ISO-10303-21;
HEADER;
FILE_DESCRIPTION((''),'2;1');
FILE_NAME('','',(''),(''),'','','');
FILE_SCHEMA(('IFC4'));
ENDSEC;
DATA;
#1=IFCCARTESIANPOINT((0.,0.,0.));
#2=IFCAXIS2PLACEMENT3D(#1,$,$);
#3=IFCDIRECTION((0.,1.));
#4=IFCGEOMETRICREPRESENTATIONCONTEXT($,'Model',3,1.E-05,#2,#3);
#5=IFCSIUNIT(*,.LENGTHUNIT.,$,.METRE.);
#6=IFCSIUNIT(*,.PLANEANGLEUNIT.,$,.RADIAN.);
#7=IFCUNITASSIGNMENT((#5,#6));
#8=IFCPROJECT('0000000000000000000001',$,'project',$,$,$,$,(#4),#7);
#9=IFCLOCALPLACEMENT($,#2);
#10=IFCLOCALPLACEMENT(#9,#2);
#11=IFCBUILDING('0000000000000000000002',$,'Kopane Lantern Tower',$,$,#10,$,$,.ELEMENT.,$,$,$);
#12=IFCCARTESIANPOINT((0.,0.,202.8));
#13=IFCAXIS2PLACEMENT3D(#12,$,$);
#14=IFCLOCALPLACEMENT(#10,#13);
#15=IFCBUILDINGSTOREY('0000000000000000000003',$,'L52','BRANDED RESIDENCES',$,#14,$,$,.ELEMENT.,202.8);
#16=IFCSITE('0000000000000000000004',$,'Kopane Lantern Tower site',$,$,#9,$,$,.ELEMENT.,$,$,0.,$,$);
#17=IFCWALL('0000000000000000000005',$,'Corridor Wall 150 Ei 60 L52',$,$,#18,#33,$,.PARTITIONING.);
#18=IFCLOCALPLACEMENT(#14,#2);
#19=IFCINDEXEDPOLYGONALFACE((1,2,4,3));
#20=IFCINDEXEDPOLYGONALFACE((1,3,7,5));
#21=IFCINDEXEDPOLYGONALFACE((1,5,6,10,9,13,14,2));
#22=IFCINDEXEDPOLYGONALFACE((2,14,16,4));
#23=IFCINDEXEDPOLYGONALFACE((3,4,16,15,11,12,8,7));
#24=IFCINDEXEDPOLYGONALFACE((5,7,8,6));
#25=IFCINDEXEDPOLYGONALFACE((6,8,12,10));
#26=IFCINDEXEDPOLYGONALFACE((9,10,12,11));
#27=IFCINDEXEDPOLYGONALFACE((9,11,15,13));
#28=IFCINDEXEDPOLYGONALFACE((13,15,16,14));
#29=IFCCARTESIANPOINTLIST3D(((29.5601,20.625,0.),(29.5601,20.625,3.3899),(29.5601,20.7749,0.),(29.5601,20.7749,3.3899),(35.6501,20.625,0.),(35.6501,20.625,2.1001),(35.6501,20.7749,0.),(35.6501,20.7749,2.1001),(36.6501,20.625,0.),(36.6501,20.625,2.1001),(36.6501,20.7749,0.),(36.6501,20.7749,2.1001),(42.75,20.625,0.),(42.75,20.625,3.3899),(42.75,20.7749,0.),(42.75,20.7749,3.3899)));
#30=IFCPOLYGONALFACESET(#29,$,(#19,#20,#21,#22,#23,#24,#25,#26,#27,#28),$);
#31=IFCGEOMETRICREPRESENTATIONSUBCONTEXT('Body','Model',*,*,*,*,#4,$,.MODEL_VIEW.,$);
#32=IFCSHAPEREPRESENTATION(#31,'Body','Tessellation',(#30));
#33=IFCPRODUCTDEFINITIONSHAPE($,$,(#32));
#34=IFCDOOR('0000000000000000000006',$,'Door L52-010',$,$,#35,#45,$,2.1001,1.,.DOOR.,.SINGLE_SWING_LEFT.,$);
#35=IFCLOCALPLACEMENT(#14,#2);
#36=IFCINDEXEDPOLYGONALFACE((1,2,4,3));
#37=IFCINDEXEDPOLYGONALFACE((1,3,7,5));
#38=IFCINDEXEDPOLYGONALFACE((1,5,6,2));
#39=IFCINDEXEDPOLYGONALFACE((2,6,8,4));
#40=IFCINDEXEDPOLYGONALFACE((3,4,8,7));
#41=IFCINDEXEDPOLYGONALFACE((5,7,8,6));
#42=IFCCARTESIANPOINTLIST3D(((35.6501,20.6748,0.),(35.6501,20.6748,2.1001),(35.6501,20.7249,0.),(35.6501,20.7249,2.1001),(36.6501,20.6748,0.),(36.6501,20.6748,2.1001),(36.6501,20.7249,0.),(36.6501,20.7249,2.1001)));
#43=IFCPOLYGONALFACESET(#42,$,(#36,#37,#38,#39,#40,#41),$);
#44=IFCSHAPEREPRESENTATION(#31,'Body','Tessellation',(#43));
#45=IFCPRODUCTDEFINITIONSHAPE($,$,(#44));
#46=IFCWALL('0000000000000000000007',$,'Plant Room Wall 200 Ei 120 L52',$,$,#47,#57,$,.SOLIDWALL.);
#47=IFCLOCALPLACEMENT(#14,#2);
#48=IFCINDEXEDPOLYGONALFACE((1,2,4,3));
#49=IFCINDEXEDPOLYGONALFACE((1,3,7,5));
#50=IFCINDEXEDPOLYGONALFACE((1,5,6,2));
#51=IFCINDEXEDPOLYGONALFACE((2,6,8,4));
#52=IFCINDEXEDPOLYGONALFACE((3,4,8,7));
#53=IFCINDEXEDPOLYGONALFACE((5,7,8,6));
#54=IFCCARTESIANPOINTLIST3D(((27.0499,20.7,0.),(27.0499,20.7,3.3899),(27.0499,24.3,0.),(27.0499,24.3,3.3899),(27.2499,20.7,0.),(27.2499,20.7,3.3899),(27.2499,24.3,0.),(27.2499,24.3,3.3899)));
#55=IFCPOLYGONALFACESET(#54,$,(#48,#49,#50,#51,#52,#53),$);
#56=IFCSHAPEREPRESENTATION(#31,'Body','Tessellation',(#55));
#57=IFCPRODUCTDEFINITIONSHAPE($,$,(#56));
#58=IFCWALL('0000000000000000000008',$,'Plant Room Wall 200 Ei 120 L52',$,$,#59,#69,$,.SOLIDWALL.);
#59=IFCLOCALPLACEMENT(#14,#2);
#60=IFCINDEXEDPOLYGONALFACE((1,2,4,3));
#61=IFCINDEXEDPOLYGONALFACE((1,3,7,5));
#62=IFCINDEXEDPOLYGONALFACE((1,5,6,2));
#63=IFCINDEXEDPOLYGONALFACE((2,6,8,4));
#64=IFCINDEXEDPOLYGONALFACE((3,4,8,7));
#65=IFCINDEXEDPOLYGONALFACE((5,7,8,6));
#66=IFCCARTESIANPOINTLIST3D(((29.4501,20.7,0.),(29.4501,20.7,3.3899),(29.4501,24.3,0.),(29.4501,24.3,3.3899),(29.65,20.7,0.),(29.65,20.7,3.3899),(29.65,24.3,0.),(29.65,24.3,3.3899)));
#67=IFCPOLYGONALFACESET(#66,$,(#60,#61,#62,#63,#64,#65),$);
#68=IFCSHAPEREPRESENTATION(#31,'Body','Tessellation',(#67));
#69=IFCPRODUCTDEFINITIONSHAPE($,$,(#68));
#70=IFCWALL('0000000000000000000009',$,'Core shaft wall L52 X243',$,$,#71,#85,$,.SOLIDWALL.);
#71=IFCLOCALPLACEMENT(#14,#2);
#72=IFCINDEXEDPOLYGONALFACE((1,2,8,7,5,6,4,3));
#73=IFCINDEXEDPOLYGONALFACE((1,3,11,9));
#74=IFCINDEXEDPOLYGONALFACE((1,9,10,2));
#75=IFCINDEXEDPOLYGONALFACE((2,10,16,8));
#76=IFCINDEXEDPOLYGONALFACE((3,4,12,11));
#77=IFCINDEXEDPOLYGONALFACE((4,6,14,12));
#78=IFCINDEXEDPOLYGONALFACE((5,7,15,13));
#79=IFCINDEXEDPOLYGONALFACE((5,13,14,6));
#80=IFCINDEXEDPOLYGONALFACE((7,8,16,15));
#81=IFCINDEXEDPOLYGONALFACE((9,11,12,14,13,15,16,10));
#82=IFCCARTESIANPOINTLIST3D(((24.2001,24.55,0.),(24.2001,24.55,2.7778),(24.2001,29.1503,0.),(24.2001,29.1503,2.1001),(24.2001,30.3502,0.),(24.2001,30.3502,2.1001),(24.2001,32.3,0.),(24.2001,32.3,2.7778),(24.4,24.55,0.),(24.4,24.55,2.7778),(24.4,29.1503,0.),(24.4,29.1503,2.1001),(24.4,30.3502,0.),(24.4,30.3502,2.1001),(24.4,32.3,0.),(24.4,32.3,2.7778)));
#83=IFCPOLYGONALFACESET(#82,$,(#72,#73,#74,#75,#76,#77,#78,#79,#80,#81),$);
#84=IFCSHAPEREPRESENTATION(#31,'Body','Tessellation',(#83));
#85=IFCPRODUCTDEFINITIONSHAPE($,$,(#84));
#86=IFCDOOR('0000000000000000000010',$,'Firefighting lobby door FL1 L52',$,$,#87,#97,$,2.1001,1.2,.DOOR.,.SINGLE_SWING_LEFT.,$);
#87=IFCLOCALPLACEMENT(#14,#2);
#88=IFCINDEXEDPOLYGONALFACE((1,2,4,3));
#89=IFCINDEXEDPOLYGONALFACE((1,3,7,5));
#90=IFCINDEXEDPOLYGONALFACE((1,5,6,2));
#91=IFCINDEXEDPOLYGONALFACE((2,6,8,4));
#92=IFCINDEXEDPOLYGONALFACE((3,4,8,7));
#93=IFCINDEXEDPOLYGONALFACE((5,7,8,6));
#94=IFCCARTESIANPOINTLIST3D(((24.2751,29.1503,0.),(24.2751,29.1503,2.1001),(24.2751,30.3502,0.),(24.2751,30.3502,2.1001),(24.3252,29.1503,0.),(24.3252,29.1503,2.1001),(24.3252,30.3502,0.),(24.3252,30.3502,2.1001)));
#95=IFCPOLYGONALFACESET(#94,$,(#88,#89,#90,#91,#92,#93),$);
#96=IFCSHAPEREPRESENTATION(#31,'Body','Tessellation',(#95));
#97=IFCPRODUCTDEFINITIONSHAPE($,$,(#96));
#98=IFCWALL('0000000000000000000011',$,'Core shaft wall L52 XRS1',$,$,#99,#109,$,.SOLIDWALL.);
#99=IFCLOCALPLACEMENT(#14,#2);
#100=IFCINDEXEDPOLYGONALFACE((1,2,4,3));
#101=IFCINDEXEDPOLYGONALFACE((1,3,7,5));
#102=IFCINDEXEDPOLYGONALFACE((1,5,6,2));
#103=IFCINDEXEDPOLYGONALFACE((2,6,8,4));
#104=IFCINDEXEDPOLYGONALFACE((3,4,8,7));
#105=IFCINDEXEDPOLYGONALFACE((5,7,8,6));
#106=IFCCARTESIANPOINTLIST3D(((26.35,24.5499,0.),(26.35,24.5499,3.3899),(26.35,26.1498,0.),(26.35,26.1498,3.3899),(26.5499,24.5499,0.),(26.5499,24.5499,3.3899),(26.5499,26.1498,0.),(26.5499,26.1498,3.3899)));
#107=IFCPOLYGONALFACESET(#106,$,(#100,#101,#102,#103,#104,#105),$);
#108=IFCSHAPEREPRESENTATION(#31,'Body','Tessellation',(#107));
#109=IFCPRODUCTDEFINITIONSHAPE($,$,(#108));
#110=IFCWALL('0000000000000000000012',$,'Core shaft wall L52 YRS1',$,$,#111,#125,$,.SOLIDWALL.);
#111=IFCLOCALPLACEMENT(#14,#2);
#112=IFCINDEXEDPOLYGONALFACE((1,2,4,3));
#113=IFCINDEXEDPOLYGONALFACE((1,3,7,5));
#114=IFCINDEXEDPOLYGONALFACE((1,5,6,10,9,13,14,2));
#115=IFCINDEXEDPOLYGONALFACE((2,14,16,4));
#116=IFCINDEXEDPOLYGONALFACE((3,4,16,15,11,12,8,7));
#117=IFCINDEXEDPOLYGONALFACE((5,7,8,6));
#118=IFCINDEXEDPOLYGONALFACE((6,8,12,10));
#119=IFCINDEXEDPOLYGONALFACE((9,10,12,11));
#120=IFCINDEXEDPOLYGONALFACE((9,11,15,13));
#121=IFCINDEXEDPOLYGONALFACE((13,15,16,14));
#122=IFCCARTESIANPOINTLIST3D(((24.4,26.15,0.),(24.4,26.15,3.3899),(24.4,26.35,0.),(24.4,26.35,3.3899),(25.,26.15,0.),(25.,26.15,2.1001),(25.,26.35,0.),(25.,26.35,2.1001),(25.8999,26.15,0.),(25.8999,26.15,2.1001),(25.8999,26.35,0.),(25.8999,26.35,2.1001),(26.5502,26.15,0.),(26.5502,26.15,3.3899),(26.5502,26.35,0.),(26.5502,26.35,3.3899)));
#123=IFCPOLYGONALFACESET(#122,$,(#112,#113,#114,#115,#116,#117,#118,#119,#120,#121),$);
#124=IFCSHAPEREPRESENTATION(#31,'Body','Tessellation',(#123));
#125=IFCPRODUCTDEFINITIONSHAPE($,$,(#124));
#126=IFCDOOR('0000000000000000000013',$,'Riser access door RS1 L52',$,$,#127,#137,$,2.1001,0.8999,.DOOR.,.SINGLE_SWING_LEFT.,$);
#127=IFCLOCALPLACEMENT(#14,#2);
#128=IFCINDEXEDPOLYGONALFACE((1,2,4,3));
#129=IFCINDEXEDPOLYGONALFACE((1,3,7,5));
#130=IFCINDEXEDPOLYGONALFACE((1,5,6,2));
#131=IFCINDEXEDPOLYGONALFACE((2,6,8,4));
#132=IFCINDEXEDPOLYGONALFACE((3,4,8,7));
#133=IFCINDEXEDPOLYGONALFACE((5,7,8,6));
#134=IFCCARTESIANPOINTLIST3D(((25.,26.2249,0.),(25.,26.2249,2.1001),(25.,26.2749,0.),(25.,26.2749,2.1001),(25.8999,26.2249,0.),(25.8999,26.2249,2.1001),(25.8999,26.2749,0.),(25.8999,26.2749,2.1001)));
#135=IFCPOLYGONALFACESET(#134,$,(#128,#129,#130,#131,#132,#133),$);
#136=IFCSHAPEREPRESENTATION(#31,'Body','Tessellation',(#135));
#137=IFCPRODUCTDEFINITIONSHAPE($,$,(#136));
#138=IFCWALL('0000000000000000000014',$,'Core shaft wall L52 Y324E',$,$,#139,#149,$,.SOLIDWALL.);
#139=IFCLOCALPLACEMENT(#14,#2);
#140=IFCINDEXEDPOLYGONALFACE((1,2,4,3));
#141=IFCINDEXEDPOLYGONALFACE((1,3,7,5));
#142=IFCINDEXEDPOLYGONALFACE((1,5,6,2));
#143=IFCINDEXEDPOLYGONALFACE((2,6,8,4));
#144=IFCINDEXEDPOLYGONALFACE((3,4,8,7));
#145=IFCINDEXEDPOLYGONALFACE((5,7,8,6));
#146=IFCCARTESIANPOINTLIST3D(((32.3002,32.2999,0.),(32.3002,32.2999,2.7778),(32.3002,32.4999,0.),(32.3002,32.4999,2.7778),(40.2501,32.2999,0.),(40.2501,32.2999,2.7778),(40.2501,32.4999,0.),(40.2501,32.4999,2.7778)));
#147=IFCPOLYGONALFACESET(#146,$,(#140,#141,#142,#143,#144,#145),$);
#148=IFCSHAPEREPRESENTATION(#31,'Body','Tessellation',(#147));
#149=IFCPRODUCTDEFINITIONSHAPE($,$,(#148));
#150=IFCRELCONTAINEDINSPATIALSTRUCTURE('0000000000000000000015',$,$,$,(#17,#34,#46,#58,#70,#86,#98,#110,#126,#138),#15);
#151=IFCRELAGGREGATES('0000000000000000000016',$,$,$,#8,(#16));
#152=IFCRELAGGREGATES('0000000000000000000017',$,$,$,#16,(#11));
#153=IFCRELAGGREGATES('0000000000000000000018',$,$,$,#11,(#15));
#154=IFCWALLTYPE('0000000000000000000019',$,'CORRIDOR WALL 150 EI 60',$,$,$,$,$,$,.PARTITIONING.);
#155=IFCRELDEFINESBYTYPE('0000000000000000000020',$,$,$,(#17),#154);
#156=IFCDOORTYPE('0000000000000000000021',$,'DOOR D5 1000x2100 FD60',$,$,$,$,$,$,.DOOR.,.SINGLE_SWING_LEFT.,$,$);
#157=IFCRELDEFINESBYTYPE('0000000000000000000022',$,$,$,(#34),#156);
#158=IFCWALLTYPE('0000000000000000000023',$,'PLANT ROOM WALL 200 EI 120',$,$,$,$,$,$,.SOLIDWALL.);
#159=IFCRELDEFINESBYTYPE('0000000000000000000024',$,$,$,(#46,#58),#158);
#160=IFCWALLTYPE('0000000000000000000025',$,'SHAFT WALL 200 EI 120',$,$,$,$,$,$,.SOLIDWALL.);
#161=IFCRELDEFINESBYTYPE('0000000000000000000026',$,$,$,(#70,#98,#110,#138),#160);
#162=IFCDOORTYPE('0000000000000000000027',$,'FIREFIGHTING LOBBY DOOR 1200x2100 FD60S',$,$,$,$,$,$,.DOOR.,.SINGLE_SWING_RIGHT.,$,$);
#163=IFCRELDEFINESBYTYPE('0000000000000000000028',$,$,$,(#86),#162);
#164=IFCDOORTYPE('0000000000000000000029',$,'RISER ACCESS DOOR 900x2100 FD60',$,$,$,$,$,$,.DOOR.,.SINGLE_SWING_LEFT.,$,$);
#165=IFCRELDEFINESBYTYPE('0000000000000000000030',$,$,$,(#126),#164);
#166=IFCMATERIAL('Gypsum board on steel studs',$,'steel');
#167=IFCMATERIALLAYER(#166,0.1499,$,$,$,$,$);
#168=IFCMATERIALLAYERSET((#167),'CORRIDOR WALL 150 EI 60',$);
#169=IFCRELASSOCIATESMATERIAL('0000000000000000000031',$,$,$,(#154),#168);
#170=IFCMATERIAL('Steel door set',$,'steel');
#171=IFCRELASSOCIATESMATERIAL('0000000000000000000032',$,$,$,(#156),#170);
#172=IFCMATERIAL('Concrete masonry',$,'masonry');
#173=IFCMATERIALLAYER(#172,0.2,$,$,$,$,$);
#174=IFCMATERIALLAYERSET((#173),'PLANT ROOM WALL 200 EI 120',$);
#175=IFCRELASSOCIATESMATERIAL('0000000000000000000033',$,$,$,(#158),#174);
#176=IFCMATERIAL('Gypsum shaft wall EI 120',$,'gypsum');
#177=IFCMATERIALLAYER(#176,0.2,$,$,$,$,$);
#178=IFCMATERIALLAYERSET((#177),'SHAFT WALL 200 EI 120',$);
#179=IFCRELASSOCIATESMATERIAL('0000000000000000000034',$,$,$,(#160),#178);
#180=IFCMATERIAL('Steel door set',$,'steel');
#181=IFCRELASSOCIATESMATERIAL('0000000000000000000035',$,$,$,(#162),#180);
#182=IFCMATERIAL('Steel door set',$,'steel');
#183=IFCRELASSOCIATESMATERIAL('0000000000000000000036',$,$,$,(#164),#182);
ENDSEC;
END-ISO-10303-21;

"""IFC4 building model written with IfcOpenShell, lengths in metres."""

from ifc_helpers import new_model, si_unit, direction, frame, frame_2d, origin, place, context, subcontext, project, spatial, rectangle, extrude, material, layer, layer_set, type_object, element, fill, save


model = new_model("IFC4")

# Units and contexts
model_context = context("Model", 3, precision=1e-05, world=origin(), true_north=direction((0.0, 1.0)))
body_context = subcontext(model_context, "Body", "Model", "MODEL_VIEW")
ifc_project = project(units=[si_unit("LENGTHUNIT", "METRE"), si_unit("PLANEANGLEUNIT", "RADIAN")], contexts=[model_context])

# Site, building, storey
site_placement = place(None, origin())
site = spatial("IfcSite", under=ifc_project, at=site_placement, Name="Kopane Lantern Tower site", CompositionType="ELEMENT", RefElevation=0.0)
building_placement = place(site_placement, origin())
building = spatial("IfcBuilding", under=site, at=building_placement, Name="Kopane Lantern Tower", CompositionType="ELEMENT")
storey_placement = place(building_placement, frame((0.0, 0.0, 202.8)))
storey = spatial("IfcBuildingStorey", under=building, at=storey_placement, Name="L52", Description="BRANDED RESIDENCES", CompositionType="ELEMENT", Elevation=202.8)

# Wall, opening, door
ifc_material_1 = material(Name="Gypsum board on steel studs", Category="steel")
ifc_layer_1 = layer(ifc_material_1, 0.1499)
ifc_layer_set_1 = layer_set([ifc_layer_1], Name="CORRIDOR WALL 150 EI 60")
wall_type_1 = type_object("IfcWallType", Name="CORRIDOR WALL 150 EI 60", PredefinedType="PARTITIONING", material=ifc_layer_set_1)
wall_1_placement = place(storey_placement, frame((29.5601, 20.7, 0.0), z_axis=(0.0, 0.0, 1.0), x_axis=(1.0, 0.0, 0.0)))
wall_1 = element("IfcWall", 1, at=wall_1_placement, inside=storey, type_object=wall_type_1, Name="Corridor Wall 150 Ei 60 L52", PredefinedType="PARTITIONING", context=body_context, shape_type="SweptSolid", body=[
    extrude(rectangle(XDim=13.1899, YDim=0.1499, at=frame_2d((6.595, 0.0))), origin(), (0.0, 0.0, 1.0), 3.3899),
])
opening_1_placement = place(wall_1_placement, frame((6.0901, 0.0, 0.0)))
opening_1 = element("IfcOpeningElement", 2, at=opening_1_placement, cuts=wall_1, PredefinedType="OPENING", context=body_context, shape_type="SweptSolid", body=[
    extrude(rectangle(XDim=1.0, YDim=2.1001, at=frame_2d((0.5, 1.05))), frame((0.0, 0.085, 0.0), z_axis=(0.0, -1.0, 0.0), x_axis=(1.0, 0.0, 0.0)), (0.0, 0.0, 1.0), 0.1699),
])
ifc_material_2 = material(Name="Steel door set", Category="steel")
door_type_1 = type_object("IfcDoorType", Name="DOOR D5 1000x2100 FD60", OperationType="SINGLE_SWING_LEFT", PredefinedType="DOOR", material=ifc_material_2)
door_1_placement = place(opening_1_placement, origin())
door_1 = element("IfcDoor", 3, at=door_1_placement, inside=storey, type_object=door_type_1, Name="Door L52-010", OperationType="SINGLE_SWING_LEFT", OverallHeight=2.1001, OverallWidth=1.0, PredefinedType="DOOR", context=body_context, shape_type="SweptSolid", body=[
    extrude(rectangle(XDim=1.0, YDim=2.1001, at=frame_2d((0.5, 1.05))), frame((0.0, 0.0249, 0.0), z_axis=(0.0, -1.0, 0.0), x_axis=(1.0, 0.0, 0.0)), (0.0, 0.0, 1.0), 0.05),
])
fill(opening_1, door_1)

# Walls
ifc_material_3 = material(Name="Concrete masonry", Category="masonry")
ifc_layer_2 = layer(ifc_material_3, 0.2)
ifc_layer_set_2 = layer_set([ifc_layer_2], Name="PLANT ROOM WALL 200 EI 120")
wall_type_2 = type_object("IfcWallType", Name="PLANT ROOM WALL 200 EI 120", PredefinedType="SOLIDWALL", material=ifc_layer_set_2)
for number, where, z_axis, x_axis, name in (
    (4, (27.1499, 20.7, 0.0), (0.0, 0.0, 1.0), (0.0, 1.0, 0.0), "Plant Room Wall 200 Ei 120 L52"),
    (5, (29.55, 20.7, 0.0), (0.0, 0.0, 1.0), (0.0, 1.0, 0.0), "Plant Room Wall 200 Ei 120 L52"),
):
    element("IfcWall", number, at=place(storey_placement, frame(where, z_axis=z_axis, x_axis=x_axis)), inside=storey, type_object=wall_type_2, Name=name, PredefinedType="SOLIDWALL", context=body_context, shape_type="SweptSolid", body=[
        extrude(rectangle(XDim=3.6001, YDim=0.2, at=frame_2d((1.8, 0.0))), origin(), (0.0, 0.0, 1.0), 3.3899),
    ])

# Wall, opening, door
ifc_material_4 = material(Name="Gypsum shaft wall EI 120", Category="gypsum")
ifc_layer_3 = layer(ifc_material_4, 0.2)
ifc_layer_set_3 = layer_set([ifc_layer_3], Name="SHAFT WALL 200 EI 120")
wall_type_3 = type_object("IfcWallType", Name="SHAFT WALL 200 EI 120", PredefinedType="SOLIDWALL", material=ifc_layer_set_3)
wall_2_placement = place(storey_placement, frame((24.3, 24.55, 0.0), z_axis=(0.0, 0.0, 1.0), x_axis=(0.0, 1.0, 0.0)))
wall_2 = element("IfcWall", 6, at=wall_2_placement, inside=storey, type_object=wall_type_3, Name="Core shaft wall L52 X243", PredefinedType="SOLIDWALL", context=body_context, shape_type="SweptSolid", body=[
    extrude(rectangle(XDim=7.75, YDim=0.2, at=frame_2d((3.875, 0.0))), origin(), (0.0, 0.0, 1.0), 2.7778),
])
opening_2_placement = place(wall_2_placement, frame((4.6001, 0.0, 0.0)))
opening_2 = element("IfcOpeningElement", 7, at=opening_2_placement, cuts=wall_2, PredefinedType="OPENING", context=body_context, shape_type="SweptSolid", body=[
    extrude(rectangle(XDim=1.2, YDim=2.1001, at=frame_2d((0.6001, 1.05))), frame((0.0, 0.1099, 0.0), z_axis=(0.0, -1.0, 0.0), x_axis=(1.0, 0.0, 0.0)), (0.0, 0.0, 1.0), 0.22),
])
ifc_material_5 = material(Name="Steel door set", Category="steel")
door_type_2 = type_object("IfcDoorType", Name="FIREFIGHTING LOBBY DOOR 1200x2100 FD60S", OperationType="SINGLE_SWING_RIGHT", PredefinedType="DOOR", material=ifc_material_5)
door_2_placement = place(opening_2_placement, origin())
door_2 = element("IfcDoor", 8, at=door_2_placement, inside=storey, type_object=door_type_2, Name="Firefighting lobby door FL1 L52", OperationType="SINGLE_SWING_LEFT", OverallHeight=2.1001, OverallWidth=1.2, PredefinedType="DOOR", context=body_context, shape_type="SweptSolid", body=[
    extrude(rectangle(XDim=1.2, YDim=2.1001, at=frame_2d((0.6001, 1.05))), frame((0.0, 0.0249, 0.0), z_axis=(0.0, -1.0, 0.0), x_axis=(1.0, 0.0, 0.0)), (0.0, 0.0, 1.0), 0.05),
])
fill(opening_2, door_2)

# Wall
wall_3_placement = place(storey_placement, frame((26.45, 24.55, 0.0), z_axis=(0.0, 0.0, 1.0), x_axis=(0.0, 1.0, 0.0)))
element("IfcWall", 9, at=wall_3_placement, inside=storey, type_object=wall_type_3, Name="Core shaft wall L52 XRS1", PredefinedType="SOLIDWALL", context=body_context, shape_type="SweptSolid", body=[
    extrude(rectangle(XDim=1.5999, YDim=0.2, at=frame_2d((0.7998, 0.0))), origin(), (0.0, 0.0, 1.0), 3.3899),
])

# Wall, opening, door
wall_4_placement = place(storey_placement, frame((24.3999, 26.25, 0.0), z_axis=(0.0, 0.0, 1.0), x_axis=(1.0, 0.0, 0.0)))
wall_4 = element("IfcWall", 10, at=wall_4_placement, inside=storey, type_object=wall_type_3, Name="Core shaft wall L52 YRS1", PredefinedType="SOLIDWALL", context=body_context, shape_type="SweptSolid", body=[
    extrude(rectangle(XDim=2.1501, YDim=0.2, at=frame_2d((1.0752, 0.0))), origin(), (0.0, 0.0, 1.0), 3.3899),
])
opening_3_placement = place(wall_4_placement, frame((0.6001, 0.0, 0.0)))
opening_3 = element("IfcOpeningElement", 11, at=opening_3_placement, cuts=wall_4, PredefinedType="OPENING", context=body_context, shape_type="SweptSolid", body=[
    extrude(rectangle(XDim=0.8999, YDim=2.1001, at=frame_2d((0.45, 1.05))), frame((0.0, 0.1099, 0.0), z_axis=(0.0, -1.0, 0.0), x_axis=(1.0, 0.0, 0.0)), (0.0, 0.0, 1.0), 0.22),
])
ifc_material_6 = material(Name="Steel door set", Category="steel")
door_type_3 = type_object("IfcDoorType", Name="RISER ACCESS DOOR 900x2100 FD60", OperationType="SINGLE_SWING_LEFT", PredefinedType="DOOR", material=ifc_material_6)
door_3_placement = place(opening_3_placement, origin())
door_3 = element("IfcDoor", 12, at=door_3_placement, inside=storey, type_object=door_type_3, Name="Riser access door RS1 L52", OperationType="SINGLE_SWING_LEFT", OverallHeight=2.1001, OverallWidth=0.8999, PredefinedType="DOOR", context=body_context, shape_type="SweptSolid", body=[
    extrude(rectangle(XDim=0.8999, YDim=2.1001, at=frame_2d((0.45, 1.05))), frame((0.0, 0.0249, 0.0), z_axis=(0.0, -1.0, 0.0), x_axis=(1.0, 0.0, 0.0)), (0.0, 0.0, 1.0), 0.05),
])
fill(opening_3, door_3)

# Wall
wall_5_placement = place(storey_placement, frame((32.3, 32.3999, 0.0), z_axis=(0.0, 0.0, 1.0), x_axis=(1.0, 0.0, 0.0)))
element("IfcWall", 13, at=wall_5_placement, inside=storey, type_object=wall_type_3, Name="Core shaft wall L52 Y324E", PredefinedType="SOLIDWALL", context=body_context, shape_type="SweptSolid", body=[
    extrude(rectangle(XDim=7.95, YDim=0.2, at=frame_2d((3.9751, 0.0))), origin(), (0.0, 0.0, 1.0), 2.7778),
])

save(model, "model.ifc")
